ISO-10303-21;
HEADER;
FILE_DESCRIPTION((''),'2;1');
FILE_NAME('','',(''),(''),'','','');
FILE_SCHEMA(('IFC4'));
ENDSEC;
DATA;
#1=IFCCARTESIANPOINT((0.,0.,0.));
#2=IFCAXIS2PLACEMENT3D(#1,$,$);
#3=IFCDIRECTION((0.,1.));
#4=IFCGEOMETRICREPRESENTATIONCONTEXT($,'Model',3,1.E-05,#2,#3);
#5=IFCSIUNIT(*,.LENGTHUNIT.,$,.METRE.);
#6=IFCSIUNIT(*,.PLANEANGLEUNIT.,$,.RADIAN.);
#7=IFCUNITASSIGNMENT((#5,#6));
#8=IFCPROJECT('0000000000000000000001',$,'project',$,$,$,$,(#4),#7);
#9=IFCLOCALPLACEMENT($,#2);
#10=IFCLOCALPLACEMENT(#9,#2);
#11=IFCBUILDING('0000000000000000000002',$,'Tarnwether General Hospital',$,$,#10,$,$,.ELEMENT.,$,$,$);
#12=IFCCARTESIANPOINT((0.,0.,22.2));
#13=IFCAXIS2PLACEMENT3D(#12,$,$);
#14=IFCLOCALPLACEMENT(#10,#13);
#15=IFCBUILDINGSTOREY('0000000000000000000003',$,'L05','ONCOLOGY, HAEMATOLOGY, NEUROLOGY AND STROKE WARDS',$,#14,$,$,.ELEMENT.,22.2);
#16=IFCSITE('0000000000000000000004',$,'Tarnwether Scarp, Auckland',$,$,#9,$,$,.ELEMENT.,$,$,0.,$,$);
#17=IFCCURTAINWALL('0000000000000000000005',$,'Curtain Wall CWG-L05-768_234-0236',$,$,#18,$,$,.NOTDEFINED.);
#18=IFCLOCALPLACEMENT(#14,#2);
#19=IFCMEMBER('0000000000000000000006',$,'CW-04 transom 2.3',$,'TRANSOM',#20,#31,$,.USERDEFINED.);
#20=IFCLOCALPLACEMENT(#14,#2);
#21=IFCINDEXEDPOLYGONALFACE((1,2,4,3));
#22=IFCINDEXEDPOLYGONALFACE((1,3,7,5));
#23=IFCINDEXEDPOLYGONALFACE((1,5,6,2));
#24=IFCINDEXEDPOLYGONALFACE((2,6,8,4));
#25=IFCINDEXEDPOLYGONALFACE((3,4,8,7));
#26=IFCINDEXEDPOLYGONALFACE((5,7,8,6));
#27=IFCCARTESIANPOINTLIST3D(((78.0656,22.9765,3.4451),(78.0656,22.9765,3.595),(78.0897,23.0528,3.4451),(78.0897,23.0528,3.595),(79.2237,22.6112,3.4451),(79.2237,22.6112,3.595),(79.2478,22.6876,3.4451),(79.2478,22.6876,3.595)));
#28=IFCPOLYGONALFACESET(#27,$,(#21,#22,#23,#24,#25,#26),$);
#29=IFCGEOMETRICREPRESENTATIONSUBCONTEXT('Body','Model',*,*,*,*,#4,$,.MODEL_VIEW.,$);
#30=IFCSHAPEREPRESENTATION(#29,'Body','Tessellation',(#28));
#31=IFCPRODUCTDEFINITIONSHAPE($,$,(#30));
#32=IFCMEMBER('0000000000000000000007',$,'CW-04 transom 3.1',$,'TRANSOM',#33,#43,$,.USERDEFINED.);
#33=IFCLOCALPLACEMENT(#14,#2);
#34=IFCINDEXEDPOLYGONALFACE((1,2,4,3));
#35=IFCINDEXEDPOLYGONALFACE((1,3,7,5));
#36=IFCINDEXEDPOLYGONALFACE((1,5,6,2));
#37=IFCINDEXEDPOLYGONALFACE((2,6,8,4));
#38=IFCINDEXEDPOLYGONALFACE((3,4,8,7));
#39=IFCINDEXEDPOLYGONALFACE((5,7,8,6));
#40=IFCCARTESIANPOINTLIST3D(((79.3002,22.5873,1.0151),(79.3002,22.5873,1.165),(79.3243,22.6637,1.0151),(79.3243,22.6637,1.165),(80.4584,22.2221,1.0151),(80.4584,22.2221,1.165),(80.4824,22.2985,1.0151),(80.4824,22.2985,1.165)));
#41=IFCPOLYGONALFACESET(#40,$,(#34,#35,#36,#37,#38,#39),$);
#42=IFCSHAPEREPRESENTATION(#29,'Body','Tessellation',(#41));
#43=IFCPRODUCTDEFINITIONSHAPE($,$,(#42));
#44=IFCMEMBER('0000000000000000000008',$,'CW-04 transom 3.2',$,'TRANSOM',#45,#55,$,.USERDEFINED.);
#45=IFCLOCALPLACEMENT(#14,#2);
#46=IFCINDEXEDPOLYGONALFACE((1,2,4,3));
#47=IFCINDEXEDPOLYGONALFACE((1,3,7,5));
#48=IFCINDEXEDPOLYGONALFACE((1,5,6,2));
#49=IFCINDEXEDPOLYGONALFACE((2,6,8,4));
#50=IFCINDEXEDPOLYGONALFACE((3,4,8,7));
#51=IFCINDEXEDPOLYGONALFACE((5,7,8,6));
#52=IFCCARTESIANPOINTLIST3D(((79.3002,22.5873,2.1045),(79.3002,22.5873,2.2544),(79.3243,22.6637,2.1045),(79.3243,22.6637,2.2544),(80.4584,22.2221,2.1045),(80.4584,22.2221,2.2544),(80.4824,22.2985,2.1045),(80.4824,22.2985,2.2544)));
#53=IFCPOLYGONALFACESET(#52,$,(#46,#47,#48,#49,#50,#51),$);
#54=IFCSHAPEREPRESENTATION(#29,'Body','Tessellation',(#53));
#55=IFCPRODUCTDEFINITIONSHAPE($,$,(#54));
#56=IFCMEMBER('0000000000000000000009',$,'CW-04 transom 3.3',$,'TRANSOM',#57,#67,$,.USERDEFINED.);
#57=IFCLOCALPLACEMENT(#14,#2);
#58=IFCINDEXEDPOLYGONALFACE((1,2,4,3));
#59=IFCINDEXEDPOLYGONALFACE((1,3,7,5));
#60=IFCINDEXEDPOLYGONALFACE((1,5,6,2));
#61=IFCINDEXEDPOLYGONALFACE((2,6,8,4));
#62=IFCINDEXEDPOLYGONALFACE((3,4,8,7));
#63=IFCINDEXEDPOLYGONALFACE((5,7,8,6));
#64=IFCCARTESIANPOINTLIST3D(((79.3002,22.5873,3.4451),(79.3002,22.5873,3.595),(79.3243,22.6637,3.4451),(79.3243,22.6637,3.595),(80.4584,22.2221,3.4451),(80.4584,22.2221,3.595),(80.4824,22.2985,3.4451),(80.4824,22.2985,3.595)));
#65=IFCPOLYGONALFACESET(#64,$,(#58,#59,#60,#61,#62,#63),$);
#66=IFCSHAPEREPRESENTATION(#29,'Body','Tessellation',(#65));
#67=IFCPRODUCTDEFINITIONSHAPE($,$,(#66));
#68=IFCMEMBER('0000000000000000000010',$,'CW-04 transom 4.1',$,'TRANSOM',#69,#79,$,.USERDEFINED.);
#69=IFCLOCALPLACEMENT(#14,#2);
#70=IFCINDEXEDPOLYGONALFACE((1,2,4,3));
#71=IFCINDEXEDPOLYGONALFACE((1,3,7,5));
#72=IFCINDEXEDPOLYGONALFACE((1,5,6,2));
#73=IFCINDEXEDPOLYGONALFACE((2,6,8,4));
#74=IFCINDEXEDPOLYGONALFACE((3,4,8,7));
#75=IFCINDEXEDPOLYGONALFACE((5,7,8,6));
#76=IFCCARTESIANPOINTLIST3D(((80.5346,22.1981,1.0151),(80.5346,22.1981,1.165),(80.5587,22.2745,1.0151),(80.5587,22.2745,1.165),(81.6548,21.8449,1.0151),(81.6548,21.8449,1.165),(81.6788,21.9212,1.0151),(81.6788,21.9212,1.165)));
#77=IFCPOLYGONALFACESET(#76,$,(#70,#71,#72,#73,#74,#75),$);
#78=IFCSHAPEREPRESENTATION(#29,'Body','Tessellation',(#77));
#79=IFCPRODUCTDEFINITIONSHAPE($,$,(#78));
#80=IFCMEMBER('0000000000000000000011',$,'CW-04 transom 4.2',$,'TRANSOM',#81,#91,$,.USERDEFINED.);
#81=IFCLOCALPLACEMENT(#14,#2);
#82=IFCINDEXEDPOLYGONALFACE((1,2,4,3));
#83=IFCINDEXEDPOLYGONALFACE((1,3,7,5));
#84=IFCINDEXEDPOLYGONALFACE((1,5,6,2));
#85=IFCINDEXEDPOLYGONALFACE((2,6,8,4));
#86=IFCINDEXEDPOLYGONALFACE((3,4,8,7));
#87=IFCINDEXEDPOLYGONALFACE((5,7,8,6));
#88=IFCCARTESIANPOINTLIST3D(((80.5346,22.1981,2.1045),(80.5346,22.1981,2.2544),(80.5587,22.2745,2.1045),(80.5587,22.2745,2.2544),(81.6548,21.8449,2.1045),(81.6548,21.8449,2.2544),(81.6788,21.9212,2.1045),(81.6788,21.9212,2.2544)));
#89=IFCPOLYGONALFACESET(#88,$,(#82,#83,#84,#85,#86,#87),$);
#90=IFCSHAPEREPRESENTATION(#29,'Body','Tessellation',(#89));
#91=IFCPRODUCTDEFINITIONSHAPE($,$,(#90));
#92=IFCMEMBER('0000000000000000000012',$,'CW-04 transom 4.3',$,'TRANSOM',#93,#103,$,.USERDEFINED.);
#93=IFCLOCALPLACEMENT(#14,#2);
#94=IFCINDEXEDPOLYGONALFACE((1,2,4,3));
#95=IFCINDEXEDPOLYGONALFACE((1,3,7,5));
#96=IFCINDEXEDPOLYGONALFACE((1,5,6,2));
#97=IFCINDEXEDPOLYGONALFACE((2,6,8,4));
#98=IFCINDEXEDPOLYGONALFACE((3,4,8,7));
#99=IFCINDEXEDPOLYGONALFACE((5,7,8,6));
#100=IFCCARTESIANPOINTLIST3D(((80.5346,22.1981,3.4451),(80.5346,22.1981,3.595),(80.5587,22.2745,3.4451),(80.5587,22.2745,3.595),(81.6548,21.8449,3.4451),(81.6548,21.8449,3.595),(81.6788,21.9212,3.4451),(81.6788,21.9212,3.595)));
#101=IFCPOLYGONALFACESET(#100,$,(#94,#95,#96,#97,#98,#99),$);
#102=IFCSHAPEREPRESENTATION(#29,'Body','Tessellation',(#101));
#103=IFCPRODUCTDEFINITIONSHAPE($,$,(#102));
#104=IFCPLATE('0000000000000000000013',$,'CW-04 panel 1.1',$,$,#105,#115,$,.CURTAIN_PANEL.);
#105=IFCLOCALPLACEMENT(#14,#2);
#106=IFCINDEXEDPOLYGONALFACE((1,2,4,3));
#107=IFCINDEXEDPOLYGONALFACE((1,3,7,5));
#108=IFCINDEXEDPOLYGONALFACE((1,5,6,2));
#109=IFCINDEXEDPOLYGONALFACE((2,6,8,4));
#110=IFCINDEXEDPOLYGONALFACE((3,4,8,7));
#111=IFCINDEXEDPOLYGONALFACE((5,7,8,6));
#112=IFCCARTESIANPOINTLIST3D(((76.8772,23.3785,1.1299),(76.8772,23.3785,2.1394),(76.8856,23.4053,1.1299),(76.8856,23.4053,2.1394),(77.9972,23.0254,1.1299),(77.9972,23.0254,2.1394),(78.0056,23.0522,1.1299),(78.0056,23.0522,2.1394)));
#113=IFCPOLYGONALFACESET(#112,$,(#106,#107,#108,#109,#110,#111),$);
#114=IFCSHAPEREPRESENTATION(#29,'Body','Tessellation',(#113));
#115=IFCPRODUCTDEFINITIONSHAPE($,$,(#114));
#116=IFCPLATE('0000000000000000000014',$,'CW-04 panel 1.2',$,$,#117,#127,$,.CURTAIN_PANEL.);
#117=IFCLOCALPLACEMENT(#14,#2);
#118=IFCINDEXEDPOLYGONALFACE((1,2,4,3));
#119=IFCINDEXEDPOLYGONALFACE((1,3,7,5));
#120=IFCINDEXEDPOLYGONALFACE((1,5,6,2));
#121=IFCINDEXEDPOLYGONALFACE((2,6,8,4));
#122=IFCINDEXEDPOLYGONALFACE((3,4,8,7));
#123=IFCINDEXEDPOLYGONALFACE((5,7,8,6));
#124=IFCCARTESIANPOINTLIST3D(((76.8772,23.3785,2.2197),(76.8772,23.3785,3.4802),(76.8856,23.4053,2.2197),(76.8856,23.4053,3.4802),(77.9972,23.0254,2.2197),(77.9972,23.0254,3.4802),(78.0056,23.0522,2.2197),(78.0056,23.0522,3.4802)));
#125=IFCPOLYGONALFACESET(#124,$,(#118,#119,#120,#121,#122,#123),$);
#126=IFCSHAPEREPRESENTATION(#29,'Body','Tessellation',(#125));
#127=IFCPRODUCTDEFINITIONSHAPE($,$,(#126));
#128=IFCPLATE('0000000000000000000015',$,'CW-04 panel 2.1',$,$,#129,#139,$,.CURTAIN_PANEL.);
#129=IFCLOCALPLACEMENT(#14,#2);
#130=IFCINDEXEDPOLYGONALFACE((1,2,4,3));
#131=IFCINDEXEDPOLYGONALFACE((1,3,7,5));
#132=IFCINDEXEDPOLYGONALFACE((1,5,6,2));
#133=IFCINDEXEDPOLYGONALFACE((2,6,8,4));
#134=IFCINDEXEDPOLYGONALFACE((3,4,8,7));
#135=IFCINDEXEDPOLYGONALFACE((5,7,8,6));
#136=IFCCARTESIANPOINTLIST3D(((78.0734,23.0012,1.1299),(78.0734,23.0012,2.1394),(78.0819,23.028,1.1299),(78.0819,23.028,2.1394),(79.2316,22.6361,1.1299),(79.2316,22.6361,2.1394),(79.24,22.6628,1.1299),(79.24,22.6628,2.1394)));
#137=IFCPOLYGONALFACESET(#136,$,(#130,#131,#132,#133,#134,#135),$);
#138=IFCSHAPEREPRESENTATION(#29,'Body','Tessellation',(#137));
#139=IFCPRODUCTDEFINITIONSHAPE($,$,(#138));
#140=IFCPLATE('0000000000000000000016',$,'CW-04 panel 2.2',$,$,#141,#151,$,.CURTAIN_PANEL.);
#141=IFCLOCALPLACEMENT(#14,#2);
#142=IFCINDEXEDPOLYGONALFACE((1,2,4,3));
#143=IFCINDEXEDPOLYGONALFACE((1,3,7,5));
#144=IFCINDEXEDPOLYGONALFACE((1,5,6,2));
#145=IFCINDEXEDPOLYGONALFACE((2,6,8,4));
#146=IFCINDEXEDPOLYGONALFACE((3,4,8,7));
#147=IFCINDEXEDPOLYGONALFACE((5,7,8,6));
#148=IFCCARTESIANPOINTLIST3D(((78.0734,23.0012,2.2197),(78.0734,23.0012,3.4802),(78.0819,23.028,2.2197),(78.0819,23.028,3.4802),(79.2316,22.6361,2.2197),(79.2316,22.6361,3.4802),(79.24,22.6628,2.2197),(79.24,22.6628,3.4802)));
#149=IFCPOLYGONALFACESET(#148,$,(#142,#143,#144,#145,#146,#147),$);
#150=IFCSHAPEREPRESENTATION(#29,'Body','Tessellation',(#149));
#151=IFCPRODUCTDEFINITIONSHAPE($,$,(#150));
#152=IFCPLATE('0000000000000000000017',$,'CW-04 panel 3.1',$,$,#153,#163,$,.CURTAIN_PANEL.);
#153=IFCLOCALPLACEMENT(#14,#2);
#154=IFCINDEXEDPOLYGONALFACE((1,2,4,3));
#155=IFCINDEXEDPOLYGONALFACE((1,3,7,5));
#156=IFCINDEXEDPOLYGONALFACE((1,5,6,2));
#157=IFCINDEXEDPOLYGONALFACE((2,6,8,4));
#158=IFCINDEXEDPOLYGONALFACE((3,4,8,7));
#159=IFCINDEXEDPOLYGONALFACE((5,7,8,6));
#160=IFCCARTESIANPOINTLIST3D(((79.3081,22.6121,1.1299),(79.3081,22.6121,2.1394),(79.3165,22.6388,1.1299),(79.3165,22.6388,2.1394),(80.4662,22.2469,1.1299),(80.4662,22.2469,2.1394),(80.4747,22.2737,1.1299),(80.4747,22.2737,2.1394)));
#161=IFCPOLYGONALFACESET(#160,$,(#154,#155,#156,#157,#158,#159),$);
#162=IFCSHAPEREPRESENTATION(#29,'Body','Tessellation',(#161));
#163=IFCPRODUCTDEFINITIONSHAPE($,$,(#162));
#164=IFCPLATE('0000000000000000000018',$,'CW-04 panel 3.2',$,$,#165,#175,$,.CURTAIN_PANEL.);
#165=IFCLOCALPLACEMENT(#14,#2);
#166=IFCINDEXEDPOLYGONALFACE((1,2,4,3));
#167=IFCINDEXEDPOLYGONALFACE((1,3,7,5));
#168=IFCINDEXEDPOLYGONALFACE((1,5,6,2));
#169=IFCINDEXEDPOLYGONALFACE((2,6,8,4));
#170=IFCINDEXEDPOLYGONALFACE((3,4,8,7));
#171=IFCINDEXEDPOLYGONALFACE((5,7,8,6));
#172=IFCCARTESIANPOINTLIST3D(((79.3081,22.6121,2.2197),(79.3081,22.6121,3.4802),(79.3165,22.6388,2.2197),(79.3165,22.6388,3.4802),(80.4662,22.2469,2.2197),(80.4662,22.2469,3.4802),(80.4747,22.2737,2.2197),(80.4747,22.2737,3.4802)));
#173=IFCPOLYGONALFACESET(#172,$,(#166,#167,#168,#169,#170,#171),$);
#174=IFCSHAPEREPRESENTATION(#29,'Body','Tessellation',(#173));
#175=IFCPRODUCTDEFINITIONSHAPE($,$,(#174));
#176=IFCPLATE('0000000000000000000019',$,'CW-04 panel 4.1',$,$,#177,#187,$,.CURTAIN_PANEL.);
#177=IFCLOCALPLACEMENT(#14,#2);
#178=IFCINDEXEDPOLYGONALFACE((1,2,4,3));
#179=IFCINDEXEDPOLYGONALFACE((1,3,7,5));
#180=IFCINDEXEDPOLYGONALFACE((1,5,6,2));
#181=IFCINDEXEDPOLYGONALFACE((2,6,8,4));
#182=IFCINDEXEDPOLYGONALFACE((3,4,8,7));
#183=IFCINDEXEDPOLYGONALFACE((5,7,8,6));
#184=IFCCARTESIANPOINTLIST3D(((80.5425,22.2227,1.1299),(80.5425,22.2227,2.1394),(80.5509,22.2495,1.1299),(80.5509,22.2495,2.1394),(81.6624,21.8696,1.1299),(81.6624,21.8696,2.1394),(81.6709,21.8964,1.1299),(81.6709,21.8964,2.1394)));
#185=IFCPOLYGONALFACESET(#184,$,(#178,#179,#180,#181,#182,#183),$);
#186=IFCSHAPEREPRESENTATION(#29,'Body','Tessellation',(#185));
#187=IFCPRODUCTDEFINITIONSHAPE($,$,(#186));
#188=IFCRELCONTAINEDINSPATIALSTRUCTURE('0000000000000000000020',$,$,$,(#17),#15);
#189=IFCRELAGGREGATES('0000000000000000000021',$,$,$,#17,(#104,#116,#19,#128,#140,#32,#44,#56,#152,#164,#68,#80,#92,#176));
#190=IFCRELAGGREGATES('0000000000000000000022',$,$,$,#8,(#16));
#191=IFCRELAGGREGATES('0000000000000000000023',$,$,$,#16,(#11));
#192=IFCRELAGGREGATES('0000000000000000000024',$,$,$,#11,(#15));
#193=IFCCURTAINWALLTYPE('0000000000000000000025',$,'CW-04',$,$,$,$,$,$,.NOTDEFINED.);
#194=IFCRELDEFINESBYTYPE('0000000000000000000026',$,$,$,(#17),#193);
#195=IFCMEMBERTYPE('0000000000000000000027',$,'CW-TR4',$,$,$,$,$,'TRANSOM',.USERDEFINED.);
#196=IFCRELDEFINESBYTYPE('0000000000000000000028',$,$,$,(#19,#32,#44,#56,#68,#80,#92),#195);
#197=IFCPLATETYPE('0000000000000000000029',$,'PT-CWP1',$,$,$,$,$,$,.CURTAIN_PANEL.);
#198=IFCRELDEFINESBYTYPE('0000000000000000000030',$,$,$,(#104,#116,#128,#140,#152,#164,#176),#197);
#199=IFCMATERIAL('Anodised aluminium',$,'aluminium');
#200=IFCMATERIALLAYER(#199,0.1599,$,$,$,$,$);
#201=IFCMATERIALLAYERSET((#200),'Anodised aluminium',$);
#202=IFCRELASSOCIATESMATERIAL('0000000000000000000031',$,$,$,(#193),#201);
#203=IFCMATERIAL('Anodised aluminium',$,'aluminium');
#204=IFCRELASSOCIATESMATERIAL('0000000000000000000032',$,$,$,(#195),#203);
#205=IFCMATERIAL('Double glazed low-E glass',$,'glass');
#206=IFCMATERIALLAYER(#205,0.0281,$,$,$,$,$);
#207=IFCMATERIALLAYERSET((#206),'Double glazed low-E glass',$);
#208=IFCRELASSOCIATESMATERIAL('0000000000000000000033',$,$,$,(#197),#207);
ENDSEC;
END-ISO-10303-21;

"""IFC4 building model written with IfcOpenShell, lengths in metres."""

from ifc_helpers import new_model, si_unit, direction, frame, origin, origin_2d, place, context, subcontext, project, spatial, rectangle, extrude, material, layer, layer_set, material_profile, profile_set, type_object, element, aggregate, save


model = new_model("IFC4")

# Units and contexts
model_context = context("Model", 3, precision=1e-05, world=origin(), true_north=direction((0.0, 1.0)))
body_context = subcontext(model_context, "Body", "Model", "MODEL_VIEW")
ifc_project = project(units=[si_unit("LENGTHUNIT", "METRE"), si_unit("PLANEANGLEUNIT", "RADIAN")], contexts=[model_context])

# Site, building, storey
site_placement = place(None, origin())
site = spatial("IfcSite", under=ifc_project, at=site_placement, Name="Tarnwether Scarp, Auckland", CompositionType="ELEMENT", RefElevation=0.0)
building_placement = place(site_placement, origin())
building = spatial("IfcBuilding", under=site, at=building_placement, Name="Tarnwether General Hospital", CompositionType="ELEMENT")
storey_placement = place(building_placement, frame((0.0, 0.0, 22.2)))
storey = spatial("IfcBuildingStorey", under=building, at=storey_placement, Name="L05", Description="ONCOLOGY, HAEMATOLOGY, NEUROLOGY AND STROKE WARDS", CompositionType="ELEMENT", Elevation=22.2)

# Shared definitions
ifc_material_1 = material(Name="Anodised aluminium", Category="aluminium")
ifc_layer_1 = layer(ifc_material_1, 0.1599)
ifc_layer_set_1 = layer_set([ifc_layer_1], Name="Anodised aluminium")
curtain_wall_type = type_object("IfcCurtainWallType", Name="CW-04", PredefinedType="NOTDEFINED", material=ifc_layer_set_1)

# Curtain wall
curtain_wall_1_placement = place(storey_placement, origin())
curtain_wall_1 = element("IfcCurtainWall", 1, at=curtain_wall_1_placement, inside=storey, type_object=curtain_wall_type, Name="Curtain Wall CWG-L05-768_234-0236", PredefinedType="NOTDEFINED")

# Members
ifc_material_2 = material(Name="Anodised aluminium", Category="aluminium")
ifc_material_profile_1 = material_profile(ifc_material_2, rectangle(XDim=0.0801, YDim=0.1499, at=origin_2d()), Name="ALU-TRN-80x150")
ifc_profile_set_1 = profile_set([ifc_material_profile_1], Name="Anodised aluminium")
member_type_1 = type_object("IfcMemberType", Name="CW-TR4", ElementType="TRANSOM", PredefinedType="USERDEFINED", material=ifc_profile_set_1)
member_1_placement = place(storey_placement, frame((78.0776, 23.0146, 3.52), z_axis=(0.953704, -0.300746, 0.0), x_axis=(0.300746, 0.953704, 0.0)))
member_1 = element("IfcMember", 2, at=member_1_placement, type_object=member_type_1, Name="CW-04 transom 2.3", ObjectType="TRANSOM", PredefinedType="USERDEFINED", context=body_context, shape_type="SweptSolid", body=[
    extrude(rectangle(XDim=0.0801, YDim=0.1499, at=origin_2d()), origin(), (0.0, 0.0, 1.0), 1.2144),
])
member_2_placement = place(storey_placement, frame((79.3123, 22.6255, 1.0901), z_axis=(0.953704, -0.300746, 0.0), x_axis=(0.300746, 0.953704, 0.0)))
member_2 = element("IfcMember", 3, at=member_2_placement, type_object=member_type_1, Name="CW-04 transom 3.1", ObjectType="TRANSOM", PredefinedType="USERDEFINED", context=body_context, shape_type="SweptSolid", body=[
    extrude(rectangle(XDim=0.0801, YDim=0.1499, at=origin_2d()), origin(), (0.0, 0.0, 1.0), 1.2144),
])
member_3_placement = place(storey_placement, frame((79.3123, 22.6255, 2.1794), z_axis=(0.953704, -0.300746, 0.0), x_axis=(0.300746, 0.953704, 0.0)))
member_3 = element("IfcMember", 4, at=member_3_placement, type_object=member_type_1, Name="CW-04 transom 3.2", ObjectType="TRANSOM", PredefinedType="USERDEFINED", context=body_context, shape_type="SweptSolid", body=[
    extrude(rectangle(XDim=0.0801, YDim=0.1499, at=origin_2d()), origin(), (0.0, 0.0, 1.0), 1.2144),
])
member_4_placement = place(storey_placement, frame((79.3123, 22.6255, 3.52), z_axis=(0.953704, -0.300746, 0.0), x_axis=(0.300746, 0.953704, 0.0)))
member_4 = element("IfcMember", 5, at=member_4_placement, type_object=member_type_1, Name="CW-04 transom 3.3", ObjectType="TRANSOM", PredefinedType="USERDEFINED", context=body_context, shape_type="SweptSolid", body=[
    extrude(rectangle(XDim=0.0801, YDim=0.1499, at=origin_2d()), origin(), (0.0, 0.0, 1.0), 1.2144),
])
member_5_placement = place(storey_placement, frame((80.5466, 22.2363, 1.0901), z_axis=(0.953693, -0.300783, 0.0), x_axis=(0.300783, 0.953693, 0.0)))
member_5 = element("IfcMember", 6, at=member_5_placement, type_object=member_type_1, Name="CW-04 transom 4.1", ObjectType="TRANSOM", PredefinedType="USERDEFINED", context=body_context, shape_type="SweptSolid", body=[
    extrude(rectangle(XDim=0.0801, YDim=0.1499, at=origin_2d()), origin(), (0.0, 0.0, 1.0), 1.1746),
])
member_6_placement = place(storey_placement, frame((80.5466, 22.2363, 2.1794), z_axis=(0.953693, -0.300783, 0.0), x_axis=(0.300783, 0.953693, 0.0)))
member_6 = element("IfcMember", 7, at=member_6_placement, type_object=member_type_1, Name="CW-04 transom 4.2", ObjectType="TRANSOM", PredefinedType="USERDEFINED", context=body_context, shape_type="SweptSolid", body=[
    extrude(rectangle(XDim=0.0801, YDim=0.1499, at=origin_2d()), origin(), (0.0, 0.0, 1.0), 1.1746),
])
member_7_placement = place(storey_placement, frame((80.5466, 22.2363, 3.52), z_axis=(0.953693, -0.300783, 0.0), x_axis=(0.300783, 0.953693, 0.0)))
member_7 = element("IfcMember", 8, at=member_7_placement, type_object=member_type_1, Name="CW-04 transom 4.3", ObjectType="TRANSOM", PredefinedType="USERDEFINED", context=body_context, shape_type="SweptSolid", body=[
    extrude(rectangle(XDim=0.0801, YDim=0.1499, at=origin_2d()), origin(), (0.0, 0.0, 1.0), 1.1746),
])

# Plates
ifc_material_3 = material(Name="Double glazed low-E glass", Category="glass")
ifc_layer_2 = layer(ifc_material_3, 0.0281)
ifc_layer_set_2 = layer_set([ifc_layer_2], Name="Double glazed low-E glass")
plate_type_1 = type_object("IfcPlateType", Name="PT-CWP1", PredefinedType="CURTAIN_PANEL", material=ifc_layer_set_2)
plate_1_placement = place(storey_placement, frame((77.4414, 23.2153, 1.1299), z_axis=(0.0, 0.0, 1.0), x_axis=(0.953714, -0.300715, 0.0)))
plate_1 = element("IfcPlate", 9, at=plate_1_placement, type_object=plate_type_1, Name="CW-04 panel 1.1", PredefinedType="CURTAIN_PANEL", context=body_context, shape_type="SweptSolid", body=[
    extrude(rectangle(XDim=1.1743, YDim=0.0281, at=origin_2d()), origin(), (0.0, 0.0, 1.0), 1.0095),
])
plate_2_placement = place(storey_placement, frame((77.4414, 23.2153, 2.2197), z_axis=(0.0, 0.0, 1.0), x_axis=(0.953714, -0.300715, 0.0)))
plate_2 = element("IfcPlate", 10, at=plate_2_placement, type_object=plate_type_1, Name="CW-04 panel 1.2", PredefinedType="CURTAIN_PANEL", context=body_context, shape_type="SweptSolid", body=[
    extrude(rectangle(XDim=1.1743, YDim=0.0281, at=origin_2d()), origin(), (0.0, 0.0, 1.0), 1.2605),
])
plate_3_placement = place(storey_placement, frame((78.6567, 22.832, 1.1299), z_axis=(0.0, 0.0, 1.0), x_axis=(0.953714, -0.300715, 0.0)))
plate_3 = element("IfcPlate", 11, at=plate_3_placement, type_object=plate_type_1, Name="CW-04 panel 2.1", PredefinedType="CURTAIN_PANEL", context=body_context, shape_type="SweptSolid", body=[
    extrude(rectangle(XDim=1.2144, YDim=0.0281, at=origin_2d()), origin(), (0.0, 0.0, 1.0), 1.0095),
])
plate_4_placement = place(storey_placement, frame((78.6567, 22.832, 2.2197), z_axis=(0.0, 0.0, 1.0), x_axis=(0.953714, -0.300715, 0.0)))
plate_4 = element("IfcPlate", 12, at=plate_4_placement, type_object=plate_type_1, Name="CW-04 panel 2.2", PredefinedType="CURTAIN_PANEL", context=body_context, shape_type="SweptSolid", body=[
    extrude(rectangle(XDim=1.2144, YDim=0.0281, at=origin_2d()), origin(), (0.0, 0.0, 1.0), 1.2605),
])
plate_5_placement = place(storey_placement, frame((79.8914, 22.4429, 1.1299), z_axis=(0.0, 0.0, 1.0), x_axis=(0.953714, -0.300715, 0.0)))
plate_5 = element("IfcPlate", 13, at=plate_5_placement, type_object=plate_type_1, Name="CW-04 panel 3.1", PredefinedType="CURTAIN_PANEL", context=body_context, shape_type="SweptSolid", body=[
    extrude(rectangle(XDim=1.2144, YDim=0.0281, at=origin_2d()), origin(), (0.0, 0.0, 1.0), 1.0095),
])
plate_6_placement = place(storey_placement, frame((79.8914, 22.4429, 2.2197), z_axis=(0.0, 0.0, 1.0), x_axis=(0.953714, -0.300715, 0.0)))
plate_6 = element("IfcPlate", 14, at=plate_6_placement, type_object=plate_type_1, Name="CW-04 panel 3.2", PredefinedType="CURTAIN_PANEL", context=body_context, shape_type="SweptSolid", body=[
    extrude(rectangle(XDim=1.2144, YDim=0.0281, at=origin_2d()), origin(), (0.0, 0.0, 1.0), 1.2605),
])
plate_7_placement = place(storey_placement, frame((81.1067, 22.0596, 1.1299), z_axis=(0.0, 0.0, 1.0), x_axis=(0.953714, -0.300715, 0.0)))
plate_7 = element("IfcPlate", 15, at=plate_7_placement, type_object=plate_type_1, Name="CW-04 panel 4.1", PredefinedType="CURTAIN_PANEL", context=body_context, shape_type="SweptSolid", body=[
    extrude(rectangle(XDim=1.1743, YDim=0.0281, at=origin_2d()), origin(), (0.0, 0.0, 1.0), 1.0095),
])
aggregate(curtain_wall_1, [plate_1, plate_2, member_1, plate_3, plate_4, member_2, member_3, member_4, plate_5, plate_6, member_5, member_6, member_7, plate_7])

save(model, "model.ifc")
